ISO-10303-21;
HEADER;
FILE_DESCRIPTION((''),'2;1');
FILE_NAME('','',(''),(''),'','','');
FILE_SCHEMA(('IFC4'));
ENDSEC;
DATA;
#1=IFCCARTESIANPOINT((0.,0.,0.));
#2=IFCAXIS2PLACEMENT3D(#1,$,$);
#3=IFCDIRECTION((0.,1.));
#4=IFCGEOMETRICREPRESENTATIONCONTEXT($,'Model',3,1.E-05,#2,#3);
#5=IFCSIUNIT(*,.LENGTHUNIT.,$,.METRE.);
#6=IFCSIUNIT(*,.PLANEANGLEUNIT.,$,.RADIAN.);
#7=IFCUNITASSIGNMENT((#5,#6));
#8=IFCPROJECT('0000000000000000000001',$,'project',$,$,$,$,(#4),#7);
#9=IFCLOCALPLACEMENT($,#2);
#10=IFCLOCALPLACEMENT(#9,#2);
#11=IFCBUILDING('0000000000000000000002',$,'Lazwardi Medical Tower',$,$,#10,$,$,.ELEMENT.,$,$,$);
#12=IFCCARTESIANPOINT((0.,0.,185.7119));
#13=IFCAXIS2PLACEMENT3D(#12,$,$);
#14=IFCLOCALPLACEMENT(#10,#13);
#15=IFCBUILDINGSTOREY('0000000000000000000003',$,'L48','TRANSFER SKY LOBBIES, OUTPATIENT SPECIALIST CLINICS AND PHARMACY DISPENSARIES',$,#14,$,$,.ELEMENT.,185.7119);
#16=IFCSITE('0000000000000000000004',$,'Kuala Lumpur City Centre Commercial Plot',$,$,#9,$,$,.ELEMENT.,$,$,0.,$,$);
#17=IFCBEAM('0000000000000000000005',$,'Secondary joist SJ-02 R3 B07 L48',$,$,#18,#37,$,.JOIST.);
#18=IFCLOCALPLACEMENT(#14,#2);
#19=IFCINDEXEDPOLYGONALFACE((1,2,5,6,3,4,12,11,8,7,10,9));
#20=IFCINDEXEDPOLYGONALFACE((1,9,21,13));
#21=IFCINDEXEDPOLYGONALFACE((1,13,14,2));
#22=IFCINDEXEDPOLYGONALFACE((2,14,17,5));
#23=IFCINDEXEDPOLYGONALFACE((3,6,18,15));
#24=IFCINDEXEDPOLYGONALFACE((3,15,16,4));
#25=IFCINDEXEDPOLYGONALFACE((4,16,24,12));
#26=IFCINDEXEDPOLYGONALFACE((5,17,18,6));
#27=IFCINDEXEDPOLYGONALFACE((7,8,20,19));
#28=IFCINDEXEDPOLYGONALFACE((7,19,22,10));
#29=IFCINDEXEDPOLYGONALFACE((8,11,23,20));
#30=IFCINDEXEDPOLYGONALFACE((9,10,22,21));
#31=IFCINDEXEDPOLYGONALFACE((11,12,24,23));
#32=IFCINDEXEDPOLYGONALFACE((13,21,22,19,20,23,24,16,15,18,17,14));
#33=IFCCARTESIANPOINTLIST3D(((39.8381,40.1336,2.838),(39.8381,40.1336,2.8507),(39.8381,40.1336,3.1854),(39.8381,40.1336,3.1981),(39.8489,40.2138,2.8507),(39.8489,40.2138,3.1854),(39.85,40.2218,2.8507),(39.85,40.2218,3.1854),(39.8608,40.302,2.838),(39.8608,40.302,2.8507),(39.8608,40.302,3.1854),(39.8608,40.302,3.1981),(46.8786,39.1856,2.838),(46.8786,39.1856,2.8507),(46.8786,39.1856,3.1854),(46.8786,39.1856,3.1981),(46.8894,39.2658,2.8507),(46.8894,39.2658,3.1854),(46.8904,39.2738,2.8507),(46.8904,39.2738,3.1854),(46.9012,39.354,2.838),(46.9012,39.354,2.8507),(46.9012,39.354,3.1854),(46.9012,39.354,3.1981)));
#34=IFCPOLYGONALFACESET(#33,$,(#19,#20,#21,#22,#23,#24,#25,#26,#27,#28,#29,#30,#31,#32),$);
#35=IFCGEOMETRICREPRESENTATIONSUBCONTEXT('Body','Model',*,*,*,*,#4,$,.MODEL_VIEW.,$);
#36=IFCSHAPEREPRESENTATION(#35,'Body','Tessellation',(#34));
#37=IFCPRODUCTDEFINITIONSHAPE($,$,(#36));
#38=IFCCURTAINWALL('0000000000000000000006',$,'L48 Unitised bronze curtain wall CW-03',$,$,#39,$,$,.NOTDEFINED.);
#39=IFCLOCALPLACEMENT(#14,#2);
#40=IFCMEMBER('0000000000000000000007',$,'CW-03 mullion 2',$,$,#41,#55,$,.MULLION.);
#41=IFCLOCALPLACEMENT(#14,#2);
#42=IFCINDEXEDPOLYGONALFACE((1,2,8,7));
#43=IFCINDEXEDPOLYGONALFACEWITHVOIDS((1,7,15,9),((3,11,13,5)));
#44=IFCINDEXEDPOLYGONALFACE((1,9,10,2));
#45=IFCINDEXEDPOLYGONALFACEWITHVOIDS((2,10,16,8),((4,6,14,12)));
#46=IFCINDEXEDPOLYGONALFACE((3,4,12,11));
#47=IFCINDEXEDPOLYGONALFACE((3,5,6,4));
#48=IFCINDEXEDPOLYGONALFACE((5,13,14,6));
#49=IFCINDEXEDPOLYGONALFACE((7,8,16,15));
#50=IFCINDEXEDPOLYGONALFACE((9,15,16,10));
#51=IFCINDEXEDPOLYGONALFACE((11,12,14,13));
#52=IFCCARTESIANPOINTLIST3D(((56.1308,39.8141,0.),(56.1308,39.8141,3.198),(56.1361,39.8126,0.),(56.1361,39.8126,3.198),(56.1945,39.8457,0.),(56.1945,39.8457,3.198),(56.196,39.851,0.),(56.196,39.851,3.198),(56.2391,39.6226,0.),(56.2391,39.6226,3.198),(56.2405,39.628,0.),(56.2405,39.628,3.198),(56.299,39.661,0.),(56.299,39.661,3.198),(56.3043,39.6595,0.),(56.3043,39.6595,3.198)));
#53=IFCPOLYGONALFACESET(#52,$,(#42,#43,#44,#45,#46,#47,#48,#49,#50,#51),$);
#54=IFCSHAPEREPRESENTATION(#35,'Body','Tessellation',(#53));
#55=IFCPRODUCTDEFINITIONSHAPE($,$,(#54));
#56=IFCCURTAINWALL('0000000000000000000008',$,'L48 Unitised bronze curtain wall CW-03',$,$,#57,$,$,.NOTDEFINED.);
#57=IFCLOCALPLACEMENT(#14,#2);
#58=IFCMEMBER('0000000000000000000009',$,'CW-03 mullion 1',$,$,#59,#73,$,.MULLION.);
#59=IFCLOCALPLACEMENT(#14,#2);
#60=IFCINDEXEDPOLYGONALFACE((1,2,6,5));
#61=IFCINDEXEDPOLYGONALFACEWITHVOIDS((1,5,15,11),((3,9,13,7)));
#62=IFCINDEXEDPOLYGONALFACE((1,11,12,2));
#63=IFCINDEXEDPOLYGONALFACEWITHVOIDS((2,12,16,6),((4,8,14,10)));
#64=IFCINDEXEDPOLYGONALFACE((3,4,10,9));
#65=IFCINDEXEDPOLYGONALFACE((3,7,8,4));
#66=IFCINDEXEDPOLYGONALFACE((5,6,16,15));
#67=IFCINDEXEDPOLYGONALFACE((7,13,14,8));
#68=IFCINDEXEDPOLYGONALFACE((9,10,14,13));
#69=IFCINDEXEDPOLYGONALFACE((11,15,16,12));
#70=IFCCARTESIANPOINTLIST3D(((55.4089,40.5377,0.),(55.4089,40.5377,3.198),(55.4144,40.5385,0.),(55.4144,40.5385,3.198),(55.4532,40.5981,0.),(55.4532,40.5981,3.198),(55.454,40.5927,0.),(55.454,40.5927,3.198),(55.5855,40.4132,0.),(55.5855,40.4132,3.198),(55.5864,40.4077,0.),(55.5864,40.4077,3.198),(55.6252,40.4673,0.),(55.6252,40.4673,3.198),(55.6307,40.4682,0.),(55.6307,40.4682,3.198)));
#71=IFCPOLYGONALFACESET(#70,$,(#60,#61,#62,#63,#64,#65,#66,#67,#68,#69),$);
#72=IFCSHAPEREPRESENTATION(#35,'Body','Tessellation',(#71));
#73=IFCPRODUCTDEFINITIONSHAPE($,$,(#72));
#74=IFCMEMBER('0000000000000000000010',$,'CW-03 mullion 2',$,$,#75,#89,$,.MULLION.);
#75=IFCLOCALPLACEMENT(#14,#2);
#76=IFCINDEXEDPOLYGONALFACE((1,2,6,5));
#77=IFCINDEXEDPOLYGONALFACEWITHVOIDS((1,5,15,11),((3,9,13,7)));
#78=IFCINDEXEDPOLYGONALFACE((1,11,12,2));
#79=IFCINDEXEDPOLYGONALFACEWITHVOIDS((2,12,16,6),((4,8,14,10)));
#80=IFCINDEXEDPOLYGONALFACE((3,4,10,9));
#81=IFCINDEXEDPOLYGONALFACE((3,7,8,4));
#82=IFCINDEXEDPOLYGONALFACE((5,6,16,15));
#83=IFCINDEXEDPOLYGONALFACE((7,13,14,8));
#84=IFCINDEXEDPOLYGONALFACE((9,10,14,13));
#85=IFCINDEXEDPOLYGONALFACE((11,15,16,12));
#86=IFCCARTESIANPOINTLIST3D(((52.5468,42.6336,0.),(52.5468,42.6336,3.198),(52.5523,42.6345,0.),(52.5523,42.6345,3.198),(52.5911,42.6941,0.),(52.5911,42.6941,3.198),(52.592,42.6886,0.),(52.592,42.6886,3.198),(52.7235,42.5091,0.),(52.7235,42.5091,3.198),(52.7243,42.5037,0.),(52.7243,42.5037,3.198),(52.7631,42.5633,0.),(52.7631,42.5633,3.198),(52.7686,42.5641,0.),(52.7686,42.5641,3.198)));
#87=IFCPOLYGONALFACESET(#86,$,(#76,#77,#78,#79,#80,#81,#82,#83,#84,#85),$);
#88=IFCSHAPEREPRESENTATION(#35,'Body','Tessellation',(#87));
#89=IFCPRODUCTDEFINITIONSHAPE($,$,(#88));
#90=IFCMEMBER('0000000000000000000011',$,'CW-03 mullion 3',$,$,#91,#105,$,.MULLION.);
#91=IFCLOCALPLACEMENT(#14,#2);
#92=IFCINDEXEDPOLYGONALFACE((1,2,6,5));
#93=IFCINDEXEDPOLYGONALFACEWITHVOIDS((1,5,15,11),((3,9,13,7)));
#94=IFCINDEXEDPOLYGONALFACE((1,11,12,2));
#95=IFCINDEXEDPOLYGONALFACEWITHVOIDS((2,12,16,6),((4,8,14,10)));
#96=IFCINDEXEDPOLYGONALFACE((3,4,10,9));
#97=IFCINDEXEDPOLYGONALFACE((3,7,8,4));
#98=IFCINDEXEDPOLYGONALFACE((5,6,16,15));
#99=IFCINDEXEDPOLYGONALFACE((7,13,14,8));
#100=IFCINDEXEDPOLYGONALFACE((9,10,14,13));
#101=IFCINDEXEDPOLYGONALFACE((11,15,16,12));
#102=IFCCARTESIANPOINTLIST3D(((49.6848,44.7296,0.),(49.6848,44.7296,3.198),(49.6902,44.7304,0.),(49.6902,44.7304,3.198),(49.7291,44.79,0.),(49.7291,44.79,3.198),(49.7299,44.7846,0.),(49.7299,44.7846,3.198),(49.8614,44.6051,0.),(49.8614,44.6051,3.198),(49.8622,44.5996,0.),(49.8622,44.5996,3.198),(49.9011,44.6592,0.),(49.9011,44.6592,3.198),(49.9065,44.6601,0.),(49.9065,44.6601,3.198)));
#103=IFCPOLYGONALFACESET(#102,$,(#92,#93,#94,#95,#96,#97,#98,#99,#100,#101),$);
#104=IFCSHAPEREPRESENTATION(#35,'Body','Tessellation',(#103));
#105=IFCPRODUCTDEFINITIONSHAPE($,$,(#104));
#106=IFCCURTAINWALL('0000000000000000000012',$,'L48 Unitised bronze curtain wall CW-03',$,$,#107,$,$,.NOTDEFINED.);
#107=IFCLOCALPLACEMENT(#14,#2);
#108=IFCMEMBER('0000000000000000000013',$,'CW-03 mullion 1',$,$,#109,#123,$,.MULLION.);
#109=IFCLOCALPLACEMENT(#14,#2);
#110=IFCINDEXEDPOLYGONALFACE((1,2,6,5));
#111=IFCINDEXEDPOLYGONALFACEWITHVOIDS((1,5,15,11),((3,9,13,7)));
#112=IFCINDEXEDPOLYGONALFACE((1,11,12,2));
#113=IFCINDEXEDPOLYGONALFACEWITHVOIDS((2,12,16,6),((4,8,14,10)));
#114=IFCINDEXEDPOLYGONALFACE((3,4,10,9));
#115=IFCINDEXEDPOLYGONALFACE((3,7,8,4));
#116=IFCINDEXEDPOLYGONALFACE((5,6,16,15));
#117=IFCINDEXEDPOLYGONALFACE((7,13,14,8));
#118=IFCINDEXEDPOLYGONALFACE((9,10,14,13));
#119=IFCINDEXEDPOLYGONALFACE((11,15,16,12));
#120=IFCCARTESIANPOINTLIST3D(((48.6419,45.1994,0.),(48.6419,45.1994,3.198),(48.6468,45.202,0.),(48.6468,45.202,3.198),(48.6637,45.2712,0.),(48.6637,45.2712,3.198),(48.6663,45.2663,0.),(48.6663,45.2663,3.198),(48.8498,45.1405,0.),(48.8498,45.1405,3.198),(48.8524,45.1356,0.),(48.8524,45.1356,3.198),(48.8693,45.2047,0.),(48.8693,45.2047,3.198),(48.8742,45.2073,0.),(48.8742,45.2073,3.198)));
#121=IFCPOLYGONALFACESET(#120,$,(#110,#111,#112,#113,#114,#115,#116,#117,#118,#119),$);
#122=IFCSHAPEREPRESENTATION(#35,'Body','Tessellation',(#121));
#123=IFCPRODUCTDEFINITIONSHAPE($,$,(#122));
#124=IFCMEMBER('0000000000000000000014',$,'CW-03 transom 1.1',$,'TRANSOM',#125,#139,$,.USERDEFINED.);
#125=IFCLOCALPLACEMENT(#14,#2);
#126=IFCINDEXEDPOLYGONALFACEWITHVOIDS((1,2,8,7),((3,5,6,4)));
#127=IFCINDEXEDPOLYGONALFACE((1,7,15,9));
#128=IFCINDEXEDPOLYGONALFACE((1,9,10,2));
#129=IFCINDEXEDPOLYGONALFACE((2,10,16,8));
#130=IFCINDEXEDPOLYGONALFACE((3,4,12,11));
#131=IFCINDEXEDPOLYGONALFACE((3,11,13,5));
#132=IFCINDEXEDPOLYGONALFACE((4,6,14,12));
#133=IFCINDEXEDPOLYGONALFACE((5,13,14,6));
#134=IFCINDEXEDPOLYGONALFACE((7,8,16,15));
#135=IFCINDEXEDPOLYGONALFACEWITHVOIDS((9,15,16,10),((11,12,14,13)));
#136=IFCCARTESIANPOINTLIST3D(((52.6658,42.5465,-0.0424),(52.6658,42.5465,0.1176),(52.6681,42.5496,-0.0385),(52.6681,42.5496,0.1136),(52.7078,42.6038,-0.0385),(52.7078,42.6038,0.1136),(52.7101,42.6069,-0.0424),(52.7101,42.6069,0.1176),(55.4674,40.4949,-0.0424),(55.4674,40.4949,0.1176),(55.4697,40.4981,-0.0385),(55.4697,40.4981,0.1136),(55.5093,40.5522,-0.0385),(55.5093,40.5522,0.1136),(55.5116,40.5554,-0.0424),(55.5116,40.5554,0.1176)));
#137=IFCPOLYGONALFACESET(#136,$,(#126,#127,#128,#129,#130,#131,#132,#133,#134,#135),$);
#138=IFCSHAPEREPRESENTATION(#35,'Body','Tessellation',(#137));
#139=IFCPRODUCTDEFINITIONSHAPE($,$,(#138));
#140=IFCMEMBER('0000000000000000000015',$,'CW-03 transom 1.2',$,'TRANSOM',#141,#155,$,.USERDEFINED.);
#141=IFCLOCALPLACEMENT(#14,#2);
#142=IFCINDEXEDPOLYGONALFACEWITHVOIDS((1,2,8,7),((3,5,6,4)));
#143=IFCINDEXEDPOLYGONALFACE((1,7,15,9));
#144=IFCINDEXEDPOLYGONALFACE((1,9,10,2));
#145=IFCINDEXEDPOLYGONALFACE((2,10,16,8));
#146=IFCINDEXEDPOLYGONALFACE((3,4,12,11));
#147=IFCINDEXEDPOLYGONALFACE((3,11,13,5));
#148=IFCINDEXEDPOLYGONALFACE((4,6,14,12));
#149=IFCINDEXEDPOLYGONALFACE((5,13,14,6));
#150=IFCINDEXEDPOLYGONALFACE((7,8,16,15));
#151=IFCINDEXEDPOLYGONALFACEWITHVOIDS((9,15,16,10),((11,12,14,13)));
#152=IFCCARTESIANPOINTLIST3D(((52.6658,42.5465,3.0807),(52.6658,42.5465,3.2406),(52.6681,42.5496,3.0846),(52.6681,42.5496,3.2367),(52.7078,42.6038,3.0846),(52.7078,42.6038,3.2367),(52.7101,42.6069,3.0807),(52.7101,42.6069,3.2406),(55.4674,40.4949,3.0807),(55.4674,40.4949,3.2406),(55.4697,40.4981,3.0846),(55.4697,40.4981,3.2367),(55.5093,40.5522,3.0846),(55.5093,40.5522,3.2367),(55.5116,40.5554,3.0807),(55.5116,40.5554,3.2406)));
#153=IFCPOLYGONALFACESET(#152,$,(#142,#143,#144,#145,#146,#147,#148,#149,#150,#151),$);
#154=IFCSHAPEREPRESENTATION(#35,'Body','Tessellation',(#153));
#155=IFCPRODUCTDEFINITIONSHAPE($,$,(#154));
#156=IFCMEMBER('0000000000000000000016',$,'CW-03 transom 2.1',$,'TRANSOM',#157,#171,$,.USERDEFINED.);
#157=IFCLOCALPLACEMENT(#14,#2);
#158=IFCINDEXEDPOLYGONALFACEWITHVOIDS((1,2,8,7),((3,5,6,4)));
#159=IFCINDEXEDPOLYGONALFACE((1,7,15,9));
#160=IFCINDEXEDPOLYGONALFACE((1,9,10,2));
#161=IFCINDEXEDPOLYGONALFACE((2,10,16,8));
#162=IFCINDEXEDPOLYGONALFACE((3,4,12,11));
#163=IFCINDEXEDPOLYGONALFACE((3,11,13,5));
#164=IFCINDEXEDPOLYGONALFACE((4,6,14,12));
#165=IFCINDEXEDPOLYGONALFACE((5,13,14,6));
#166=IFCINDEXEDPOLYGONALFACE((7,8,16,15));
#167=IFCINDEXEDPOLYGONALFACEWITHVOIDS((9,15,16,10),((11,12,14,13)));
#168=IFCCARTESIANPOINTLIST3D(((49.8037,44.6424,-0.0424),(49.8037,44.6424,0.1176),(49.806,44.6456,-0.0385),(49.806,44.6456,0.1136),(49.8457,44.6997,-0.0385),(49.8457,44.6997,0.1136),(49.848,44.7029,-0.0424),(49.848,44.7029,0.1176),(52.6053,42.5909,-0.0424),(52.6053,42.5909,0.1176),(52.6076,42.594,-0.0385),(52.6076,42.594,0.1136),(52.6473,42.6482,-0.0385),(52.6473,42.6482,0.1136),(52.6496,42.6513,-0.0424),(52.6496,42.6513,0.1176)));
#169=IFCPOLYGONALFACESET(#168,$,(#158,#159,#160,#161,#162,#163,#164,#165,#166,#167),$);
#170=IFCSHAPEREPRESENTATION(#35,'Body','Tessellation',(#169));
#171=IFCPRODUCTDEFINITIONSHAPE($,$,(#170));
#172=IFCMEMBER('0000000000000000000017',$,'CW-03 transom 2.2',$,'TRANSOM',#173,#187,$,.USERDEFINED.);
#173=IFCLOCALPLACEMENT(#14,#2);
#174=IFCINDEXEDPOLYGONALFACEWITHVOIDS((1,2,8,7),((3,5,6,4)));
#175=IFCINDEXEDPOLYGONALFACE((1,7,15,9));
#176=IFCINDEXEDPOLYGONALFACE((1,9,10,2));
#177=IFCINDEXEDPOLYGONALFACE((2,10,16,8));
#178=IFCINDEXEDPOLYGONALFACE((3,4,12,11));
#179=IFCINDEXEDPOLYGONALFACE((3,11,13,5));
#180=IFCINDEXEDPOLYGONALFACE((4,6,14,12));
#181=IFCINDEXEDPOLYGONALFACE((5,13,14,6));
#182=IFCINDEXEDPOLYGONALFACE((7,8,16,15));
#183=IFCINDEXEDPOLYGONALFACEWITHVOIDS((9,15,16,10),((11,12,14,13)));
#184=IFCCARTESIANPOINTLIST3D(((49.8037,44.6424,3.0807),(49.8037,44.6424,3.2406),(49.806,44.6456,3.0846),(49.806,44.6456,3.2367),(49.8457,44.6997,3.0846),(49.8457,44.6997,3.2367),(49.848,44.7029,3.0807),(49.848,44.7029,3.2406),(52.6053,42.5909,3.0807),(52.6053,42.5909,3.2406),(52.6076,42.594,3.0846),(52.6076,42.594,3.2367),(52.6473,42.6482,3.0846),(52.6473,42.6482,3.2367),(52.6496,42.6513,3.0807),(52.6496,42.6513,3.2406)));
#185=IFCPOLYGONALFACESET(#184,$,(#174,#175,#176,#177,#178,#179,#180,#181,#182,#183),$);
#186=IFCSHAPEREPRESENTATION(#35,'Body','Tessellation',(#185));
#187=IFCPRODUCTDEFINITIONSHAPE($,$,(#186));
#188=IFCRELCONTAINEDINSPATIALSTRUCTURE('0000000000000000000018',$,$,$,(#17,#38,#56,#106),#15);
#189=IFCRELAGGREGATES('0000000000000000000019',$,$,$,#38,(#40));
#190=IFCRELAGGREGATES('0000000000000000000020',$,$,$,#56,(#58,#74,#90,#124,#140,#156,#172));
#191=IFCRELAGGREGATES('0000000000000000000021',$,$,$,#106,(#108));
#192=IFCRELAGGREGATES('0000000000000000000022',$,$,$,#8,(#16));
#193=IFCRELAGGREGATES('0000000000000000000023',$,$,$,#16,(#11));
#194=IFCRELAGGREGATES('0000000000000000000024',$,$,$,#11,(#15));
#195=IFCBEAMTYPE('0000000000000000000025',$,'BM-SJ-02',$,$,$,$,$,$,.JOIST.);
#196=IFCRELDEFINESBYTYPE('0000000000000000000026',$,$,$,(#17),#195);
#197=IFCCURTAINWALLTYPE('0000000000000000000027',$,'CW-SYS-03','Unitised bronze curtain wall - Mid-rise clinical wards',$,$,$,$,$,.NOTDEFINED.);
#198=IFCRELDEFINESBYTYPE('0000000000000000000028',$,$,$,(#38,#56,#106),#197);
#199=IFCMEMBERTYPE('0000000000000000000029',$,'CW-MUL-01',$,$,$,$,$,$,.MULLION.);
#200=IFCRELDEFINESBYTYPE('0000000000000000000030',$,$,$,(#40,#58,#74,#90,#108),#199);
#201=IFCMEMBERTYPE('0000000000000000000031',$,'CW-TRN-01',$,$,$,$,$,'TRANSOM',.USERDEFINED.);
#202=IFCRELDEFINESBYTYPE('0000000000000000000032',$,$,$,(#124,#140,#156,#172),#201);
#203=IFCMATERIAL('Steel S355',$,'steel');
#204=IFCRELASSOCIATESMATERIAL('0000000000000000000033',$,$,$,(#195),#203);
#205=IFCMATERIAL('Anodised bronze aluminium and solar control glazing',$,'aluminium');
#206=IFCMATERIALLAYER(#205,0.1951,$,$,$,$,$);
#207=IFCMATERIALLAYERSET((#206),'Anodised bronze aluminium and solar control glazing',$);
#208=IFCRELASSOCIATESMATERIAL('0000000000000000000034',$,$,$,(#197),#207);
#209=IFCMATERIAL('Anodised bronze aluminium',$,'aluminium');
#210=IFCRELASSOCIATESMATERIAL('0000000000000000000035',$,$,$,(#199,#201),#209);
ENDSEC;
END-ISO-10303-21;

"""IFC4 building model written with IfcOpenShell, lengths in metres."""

from ifc_helpers import new_model, si_unit, direction, frame, origin, origin_2d, place, context, subcontext, project, spatial, hollow_rectangle, i_section, extrude, material, layer, layer_set, material_profile, profile_set, type_object, element, aggregate, save


model = new_model("IFC4")

# Units and contexts
model_context = context("Model", 3, precision=1e-05, world=origin(), true_north=direction((0.0, 1.0)))
body_context = subcontext(model_context, "Body", "Model", "MODEL_VIEW")
ifc_project = project(units=[si_unit("LENGTHUNIT", "METRE"), si_unit("PLANEANGLEUNIT", "RADIAN")], contexts=[model_context])

# Site, building, storey
site_placement = place(None, origin())
site = spatial("IfcSite", under=ifc_project, at=site_placement, Name="Kuala Lumpur City Centre Commercial Plot", CompositionType="ELEMENT", RefElevation=0.0)
building_placement = place(site_placement, origin())
building = spatial("IfcBuilding", under=site, at=building_placement, Name="Lazwardi Medical Tower", CompositionType="ELEMENT")
storey_placement = place(building_placement, frame((0.0, 0.0, 185.7119)))
storey = spatial("IfcBuildingStorey", under=building, at=storey_placement, Name="L48", Description="TRANSFER SKY LOBBIES, OUTPATIENT SPECIALIST CLINICS AND PHARMACY DISPENSARIES", CompositionType="ELEMENT", Elevation=185.7119)

# Beam
ifc_material_1 = material(Name="Steel S355", Category="steel")
ifc_material_profile_1 = material_profile(ifc_material_1, i_section(OverallWidth=0.1699, OverallDepth=0.3601, WebThickness=0.0081, FlangeThickness=0.0127, at=origin_2d()), Name="IPE 360")
ifc_profile_set_1 = profile_set([ifc_material_profile_1], Name="Steel S355")
beam_type_1 = type_object("IfcBeamType", Name="BM-SJ-02", PredefinedType="JOIST", material=ifc_profile_set_1)
beam_1_placement = place(storey_placement, frame((46.8899, 39.2698, 3.0181), z_axis=(-0.991056, 0.133444, 0.0), x_axis=(-0.133444, -0.991056, 0.0)))
element("IfcBeam", 1, at=beam_1_placement, inside=storey, type_object=beam_type_1, Name="Secondary joist SJ-02 R3 B07 L48", PredefinedType="JOIST", context=body_context, shape_type="SweptSolid", body=[
    extrude(i_section(OverallWidth=0.1699, OverallDepth=0.3601, WebThickness=0.0081, FlangeThickness=0.0127, at=origin_2d()), origin(), (0.0, 0.0, 1.0), 7.104),
])

# Curtain wall, member
ifc_material_2 = material(Name="Anodised bronze aluminium and solar control glazing", Category="aluminium")
ifc_layer_1 = layer(ifc_material_2, 0.1951)
ifc_layer_set_1 = layer_set([ifc_layer_1], Name="Anodised bronze aluminium and solar control glazing")
curtain_wall_type = type_object("IfcCurtainWallType", Name="CW-SYS-03", Description="Unitised bronze curtain wall - Mid-rise clinical wards", PredefinedType="NOTDEFINED", material=ifc_layer_set_1)
curtain_wall_1_placement = place(storey_placement, origin())
curtain_wall_1 = element("IfcCurtainWall", 2, at=curtain_wall_1_placement, inside=storey, type_object=curtain_wall_type, Name="L48 Unitised bronze curtain wall CW-03", PredefinedType="NOTDEFINED")
ifc_material_3 = material(Name="Anodised bronze aluminium", Category="aluminium")
ifc_material_profile_2 = material_profile(ifc_material_3, hollow_rectangle(XDim=0.075, YDim=0.22, WallThickness=0.0039, at=origin_2d()), Name="ALU-MULLION 220x75x4")
ifc_profile_set_2 = profile_set([ifc_material_profile_2], Name="Anodised bronze aluminium")
member_type_1 = type_object("IfcMemberType", Name="CW-MUL-01", PredefinedType="MULLION", material=ifc_profile_set_2)
member_1_placement = place(storey_placement, frame((56.2175, 39.7368, 0.0), z_axis=(0.0, 0.0, 1.0), x_axis=(-0.870419, -0.492312, 0.0)))
member_1 = element("IfcMember", 3, at=member_1_placement, type_object=member_type_1, Name="CW-03 mullion 2", PredefinedType="MULLION", context=body_context, shape_type="SweptSolid", body=[
    extrude(hollow_rectangle(XDim=0.075, YDim=0.22, WallThickness=0.0039, at=origin_2d()), origin(), (0.0, 0.0, 1.0), 3.198),
])
aggregate(curtain_wall_1, [member_1])

# Curtain wall, members
curtain_wall_2_placement = place(storey_placement, origin())
curtain_wall_2 = element("IfcCurtainWall", 4, at=curtain_wall_2_placement, inside=storey, type_object=curtain_wall_type, Name="L48 Unitised bronze curtain wall CW-03", PredefinedType="NOTDEFINED")
member_2_placement = place(storey_placement, frame((55.5198, 40.5029, 0.0), z_axis=(0.0, 0.0, 1.0), x_axis=(-0.590834, -0.806793, 0.0)))
member_2 = element("IfcMember", 5, at=member_2_placement, type_object=member_type_1, Name="CW-03 mullion 1", PredefinedType="MULLION", context=body_context, shape_type="SweptSolid", body=[
    extrude(hollow_rectangle(XDim=0.075, YDim=0.22, WallThickness=0.0039, at=origin_2d()), origin(), (0.0, 0.0, 1.0), 3.198),
])
member_3_placement = place(storey_placement, frame((52.6577, 42.5989, 0.0), z_axis=(0.0, 0.0, 1.0), x_axis=(-0.590834, -0.806793, 0.0)))
member_3 = element("IfcMember", 6, at=member_3_placement, type_object=member_type_1, Name="CW-03 mullion 2", PredefinedType="MULLION", context=body_context, shape_type="SweptSolid", body=[
    extrude(hollow_rectangle(XDim=0.075, YDim=0.22, WallThickness=0.0039, at=origin_2d()), origin(), (0.0, 0.0, 1.0), 3.198),
])
member_4_placement = place(storey_placement, frame((49.7957, 44.6948, 0.0), z_axis=(0.0, 0.0, 1.0), x_axis=(-0.590834, -0.806793, 0.0)))
member_4 = element("IfcMember", 7, at=member_4_placement, type_object=member_type_1, Name="CW-03 mullion 3", PredefinedType="MULLION", context=body_context, shape_type="SweptSolid", body=[
    extrude(hollow_rectangle(XDim=0.075, YDim=0.22, WallThickness=0.0039, at=origin_2d()), origin(), (0.0, 0.0, 1.0), 3.198),
])

# Curtain wall, member
curtain_wall_3_placement = place(storey_placement, origin())
curtain_wall_3 = element("IfcCurtainWall", 8, at=curtain_wall_3_placement, inside=storey, type_object=curtain_wall_type, Name="L48 Unitised bronze curtain wall CW-03", PredefinedType="NOTDEFINED")
member_5_placement = place(storey_placement, frame((48.7581, 45.2034, 0.0), z_axis=(0.0, 0.0, 1.0), x_axis=(-0.290281, -0.956942, 0.0)))
member_5 = element("IfcMember", 9, at=member_5_placement, type_object=member_type_1, Name="CW-03 mullion 1", PredefinedType="MULLION", context=body_context, shape_type="SweptSolid", body=[
    extrude(hollow_rectangle(XDim=0.075, YDim=0.22, WallThickness=0.0039, at=origin_2d()), origin(), (0.0, 0.0, 1.0), 3.198),
])

# Members
ifc_material_profile_3 = material_profile(ifc_material_3, hollow_rectangle(XDim=0.075, YDim=0.1599, WallThickness=0.0039, at=origin_2d()), Name="ALU-TRANSOM 160x75x4")
ifc_profile_set_3 = profile_set([ifc_material_profile_3], Name="Anodised bronze aluminium")
member_type_2 = type_object("IfcMemberType", Name="CW-TRN-01", ElementType="TRANSOM", PredefinedType="USERDEFINED", material=ifc_profile_set_3)
member_6_placement = place(storey_placement, frame((55.4895, 40.5251, 0.0376), z_axis=(-0.806807, 0.590815, 0.0), x_axis=(-0.590815, -0.806807, 0.0)))
member_6 = element("IfcMember", 10, at=member_6_placement, type_object=member_type_2, Name="CW-03 transom 1.1", ObjectType="TRANSOM", PredefinedType="USERDEFINED", context=body_context, shape_type="SweptSolid", body=[
    extrude(hollow_rectangle(XDim=0.075, YDim=0.1599, WallThickness=0.0039, at=origin_2d()), origin(), (0.0, 0.0, 1.0), 3.4724),
])
member_7_placement = place(storey_placement, frame((55.4895, 40.5251, 3.1606), z_axis=(-0.806807, 0.590815, 0.0), x_axis=(-0.590815, -0.806807, 0.0)))
member_7 = element("IfcMember", 11, at=member_7_placement, type_object=member_type_2, Name="CW-03 transom 1.2", ObjectType="TRANSOM", PredefinedType="USERDEFINED", context=body_context, shape_type="SweptSolid", body=[
    extrude(hollow_rectangle(XDim=0.075, YDim=0.1599, WallThickness=0.0039, at=origin_2d()), origin(), (0.0, 0.0, 1.0), 3.4724),
])
member_8_placement = place(storey_placement, frame((52.6274, 42.6211, 0.0376), z_axis=(-0.806807, 0.590815, 0.0), x_axis=(-0.590815, -0.806807, 0.0)))
member_8 = element("IfcMember", 12, at=member_8_placement, type_object=member_type_2, Name="CW-03 transom 2.1", ObjectType="TRANSOM", PredefinedType="USERDEFINED", context=body_context, shape_type="SweptSolid", body=[
    extrude(hollow_rectangle(XDim=0.075, YDim=0.1599, WallThickness=0.0039, at=origin_2d()), origin(), (0.0, 0.0, 1.0), 3.4724),
])
member_9_placement = place(storey_placement, frame((52.6274, 42.6211, 3.1606), z_axis=(-0.806807, 0.590815, 0.0), x_axis=(-0.590815, -0.806807, 0.0)))
member_9 = element("IfcMember", 13, at=member_9_placement, type_object=member_type_2, Name="CW-03 transom 2.2", ObjectType="TRANSOM", PredefinedType="USERDEFINED", context=body_context, shape_type="SweptSolid", body=[
    extrude(hollow_rectangle(XDim=0.075, YDim=0.1599, WallThickness=0.0039, at=origin_2d()), origin(), (0.0, 0.0, 1.0), 3.4724),
])

aggregate(curtain_wall_2, [member_2, member_3, member_4, member_6, member_7, member_8, member_9])
aggregate(curtain_wall_3, [member_5])

save(model, "model.ifc")
